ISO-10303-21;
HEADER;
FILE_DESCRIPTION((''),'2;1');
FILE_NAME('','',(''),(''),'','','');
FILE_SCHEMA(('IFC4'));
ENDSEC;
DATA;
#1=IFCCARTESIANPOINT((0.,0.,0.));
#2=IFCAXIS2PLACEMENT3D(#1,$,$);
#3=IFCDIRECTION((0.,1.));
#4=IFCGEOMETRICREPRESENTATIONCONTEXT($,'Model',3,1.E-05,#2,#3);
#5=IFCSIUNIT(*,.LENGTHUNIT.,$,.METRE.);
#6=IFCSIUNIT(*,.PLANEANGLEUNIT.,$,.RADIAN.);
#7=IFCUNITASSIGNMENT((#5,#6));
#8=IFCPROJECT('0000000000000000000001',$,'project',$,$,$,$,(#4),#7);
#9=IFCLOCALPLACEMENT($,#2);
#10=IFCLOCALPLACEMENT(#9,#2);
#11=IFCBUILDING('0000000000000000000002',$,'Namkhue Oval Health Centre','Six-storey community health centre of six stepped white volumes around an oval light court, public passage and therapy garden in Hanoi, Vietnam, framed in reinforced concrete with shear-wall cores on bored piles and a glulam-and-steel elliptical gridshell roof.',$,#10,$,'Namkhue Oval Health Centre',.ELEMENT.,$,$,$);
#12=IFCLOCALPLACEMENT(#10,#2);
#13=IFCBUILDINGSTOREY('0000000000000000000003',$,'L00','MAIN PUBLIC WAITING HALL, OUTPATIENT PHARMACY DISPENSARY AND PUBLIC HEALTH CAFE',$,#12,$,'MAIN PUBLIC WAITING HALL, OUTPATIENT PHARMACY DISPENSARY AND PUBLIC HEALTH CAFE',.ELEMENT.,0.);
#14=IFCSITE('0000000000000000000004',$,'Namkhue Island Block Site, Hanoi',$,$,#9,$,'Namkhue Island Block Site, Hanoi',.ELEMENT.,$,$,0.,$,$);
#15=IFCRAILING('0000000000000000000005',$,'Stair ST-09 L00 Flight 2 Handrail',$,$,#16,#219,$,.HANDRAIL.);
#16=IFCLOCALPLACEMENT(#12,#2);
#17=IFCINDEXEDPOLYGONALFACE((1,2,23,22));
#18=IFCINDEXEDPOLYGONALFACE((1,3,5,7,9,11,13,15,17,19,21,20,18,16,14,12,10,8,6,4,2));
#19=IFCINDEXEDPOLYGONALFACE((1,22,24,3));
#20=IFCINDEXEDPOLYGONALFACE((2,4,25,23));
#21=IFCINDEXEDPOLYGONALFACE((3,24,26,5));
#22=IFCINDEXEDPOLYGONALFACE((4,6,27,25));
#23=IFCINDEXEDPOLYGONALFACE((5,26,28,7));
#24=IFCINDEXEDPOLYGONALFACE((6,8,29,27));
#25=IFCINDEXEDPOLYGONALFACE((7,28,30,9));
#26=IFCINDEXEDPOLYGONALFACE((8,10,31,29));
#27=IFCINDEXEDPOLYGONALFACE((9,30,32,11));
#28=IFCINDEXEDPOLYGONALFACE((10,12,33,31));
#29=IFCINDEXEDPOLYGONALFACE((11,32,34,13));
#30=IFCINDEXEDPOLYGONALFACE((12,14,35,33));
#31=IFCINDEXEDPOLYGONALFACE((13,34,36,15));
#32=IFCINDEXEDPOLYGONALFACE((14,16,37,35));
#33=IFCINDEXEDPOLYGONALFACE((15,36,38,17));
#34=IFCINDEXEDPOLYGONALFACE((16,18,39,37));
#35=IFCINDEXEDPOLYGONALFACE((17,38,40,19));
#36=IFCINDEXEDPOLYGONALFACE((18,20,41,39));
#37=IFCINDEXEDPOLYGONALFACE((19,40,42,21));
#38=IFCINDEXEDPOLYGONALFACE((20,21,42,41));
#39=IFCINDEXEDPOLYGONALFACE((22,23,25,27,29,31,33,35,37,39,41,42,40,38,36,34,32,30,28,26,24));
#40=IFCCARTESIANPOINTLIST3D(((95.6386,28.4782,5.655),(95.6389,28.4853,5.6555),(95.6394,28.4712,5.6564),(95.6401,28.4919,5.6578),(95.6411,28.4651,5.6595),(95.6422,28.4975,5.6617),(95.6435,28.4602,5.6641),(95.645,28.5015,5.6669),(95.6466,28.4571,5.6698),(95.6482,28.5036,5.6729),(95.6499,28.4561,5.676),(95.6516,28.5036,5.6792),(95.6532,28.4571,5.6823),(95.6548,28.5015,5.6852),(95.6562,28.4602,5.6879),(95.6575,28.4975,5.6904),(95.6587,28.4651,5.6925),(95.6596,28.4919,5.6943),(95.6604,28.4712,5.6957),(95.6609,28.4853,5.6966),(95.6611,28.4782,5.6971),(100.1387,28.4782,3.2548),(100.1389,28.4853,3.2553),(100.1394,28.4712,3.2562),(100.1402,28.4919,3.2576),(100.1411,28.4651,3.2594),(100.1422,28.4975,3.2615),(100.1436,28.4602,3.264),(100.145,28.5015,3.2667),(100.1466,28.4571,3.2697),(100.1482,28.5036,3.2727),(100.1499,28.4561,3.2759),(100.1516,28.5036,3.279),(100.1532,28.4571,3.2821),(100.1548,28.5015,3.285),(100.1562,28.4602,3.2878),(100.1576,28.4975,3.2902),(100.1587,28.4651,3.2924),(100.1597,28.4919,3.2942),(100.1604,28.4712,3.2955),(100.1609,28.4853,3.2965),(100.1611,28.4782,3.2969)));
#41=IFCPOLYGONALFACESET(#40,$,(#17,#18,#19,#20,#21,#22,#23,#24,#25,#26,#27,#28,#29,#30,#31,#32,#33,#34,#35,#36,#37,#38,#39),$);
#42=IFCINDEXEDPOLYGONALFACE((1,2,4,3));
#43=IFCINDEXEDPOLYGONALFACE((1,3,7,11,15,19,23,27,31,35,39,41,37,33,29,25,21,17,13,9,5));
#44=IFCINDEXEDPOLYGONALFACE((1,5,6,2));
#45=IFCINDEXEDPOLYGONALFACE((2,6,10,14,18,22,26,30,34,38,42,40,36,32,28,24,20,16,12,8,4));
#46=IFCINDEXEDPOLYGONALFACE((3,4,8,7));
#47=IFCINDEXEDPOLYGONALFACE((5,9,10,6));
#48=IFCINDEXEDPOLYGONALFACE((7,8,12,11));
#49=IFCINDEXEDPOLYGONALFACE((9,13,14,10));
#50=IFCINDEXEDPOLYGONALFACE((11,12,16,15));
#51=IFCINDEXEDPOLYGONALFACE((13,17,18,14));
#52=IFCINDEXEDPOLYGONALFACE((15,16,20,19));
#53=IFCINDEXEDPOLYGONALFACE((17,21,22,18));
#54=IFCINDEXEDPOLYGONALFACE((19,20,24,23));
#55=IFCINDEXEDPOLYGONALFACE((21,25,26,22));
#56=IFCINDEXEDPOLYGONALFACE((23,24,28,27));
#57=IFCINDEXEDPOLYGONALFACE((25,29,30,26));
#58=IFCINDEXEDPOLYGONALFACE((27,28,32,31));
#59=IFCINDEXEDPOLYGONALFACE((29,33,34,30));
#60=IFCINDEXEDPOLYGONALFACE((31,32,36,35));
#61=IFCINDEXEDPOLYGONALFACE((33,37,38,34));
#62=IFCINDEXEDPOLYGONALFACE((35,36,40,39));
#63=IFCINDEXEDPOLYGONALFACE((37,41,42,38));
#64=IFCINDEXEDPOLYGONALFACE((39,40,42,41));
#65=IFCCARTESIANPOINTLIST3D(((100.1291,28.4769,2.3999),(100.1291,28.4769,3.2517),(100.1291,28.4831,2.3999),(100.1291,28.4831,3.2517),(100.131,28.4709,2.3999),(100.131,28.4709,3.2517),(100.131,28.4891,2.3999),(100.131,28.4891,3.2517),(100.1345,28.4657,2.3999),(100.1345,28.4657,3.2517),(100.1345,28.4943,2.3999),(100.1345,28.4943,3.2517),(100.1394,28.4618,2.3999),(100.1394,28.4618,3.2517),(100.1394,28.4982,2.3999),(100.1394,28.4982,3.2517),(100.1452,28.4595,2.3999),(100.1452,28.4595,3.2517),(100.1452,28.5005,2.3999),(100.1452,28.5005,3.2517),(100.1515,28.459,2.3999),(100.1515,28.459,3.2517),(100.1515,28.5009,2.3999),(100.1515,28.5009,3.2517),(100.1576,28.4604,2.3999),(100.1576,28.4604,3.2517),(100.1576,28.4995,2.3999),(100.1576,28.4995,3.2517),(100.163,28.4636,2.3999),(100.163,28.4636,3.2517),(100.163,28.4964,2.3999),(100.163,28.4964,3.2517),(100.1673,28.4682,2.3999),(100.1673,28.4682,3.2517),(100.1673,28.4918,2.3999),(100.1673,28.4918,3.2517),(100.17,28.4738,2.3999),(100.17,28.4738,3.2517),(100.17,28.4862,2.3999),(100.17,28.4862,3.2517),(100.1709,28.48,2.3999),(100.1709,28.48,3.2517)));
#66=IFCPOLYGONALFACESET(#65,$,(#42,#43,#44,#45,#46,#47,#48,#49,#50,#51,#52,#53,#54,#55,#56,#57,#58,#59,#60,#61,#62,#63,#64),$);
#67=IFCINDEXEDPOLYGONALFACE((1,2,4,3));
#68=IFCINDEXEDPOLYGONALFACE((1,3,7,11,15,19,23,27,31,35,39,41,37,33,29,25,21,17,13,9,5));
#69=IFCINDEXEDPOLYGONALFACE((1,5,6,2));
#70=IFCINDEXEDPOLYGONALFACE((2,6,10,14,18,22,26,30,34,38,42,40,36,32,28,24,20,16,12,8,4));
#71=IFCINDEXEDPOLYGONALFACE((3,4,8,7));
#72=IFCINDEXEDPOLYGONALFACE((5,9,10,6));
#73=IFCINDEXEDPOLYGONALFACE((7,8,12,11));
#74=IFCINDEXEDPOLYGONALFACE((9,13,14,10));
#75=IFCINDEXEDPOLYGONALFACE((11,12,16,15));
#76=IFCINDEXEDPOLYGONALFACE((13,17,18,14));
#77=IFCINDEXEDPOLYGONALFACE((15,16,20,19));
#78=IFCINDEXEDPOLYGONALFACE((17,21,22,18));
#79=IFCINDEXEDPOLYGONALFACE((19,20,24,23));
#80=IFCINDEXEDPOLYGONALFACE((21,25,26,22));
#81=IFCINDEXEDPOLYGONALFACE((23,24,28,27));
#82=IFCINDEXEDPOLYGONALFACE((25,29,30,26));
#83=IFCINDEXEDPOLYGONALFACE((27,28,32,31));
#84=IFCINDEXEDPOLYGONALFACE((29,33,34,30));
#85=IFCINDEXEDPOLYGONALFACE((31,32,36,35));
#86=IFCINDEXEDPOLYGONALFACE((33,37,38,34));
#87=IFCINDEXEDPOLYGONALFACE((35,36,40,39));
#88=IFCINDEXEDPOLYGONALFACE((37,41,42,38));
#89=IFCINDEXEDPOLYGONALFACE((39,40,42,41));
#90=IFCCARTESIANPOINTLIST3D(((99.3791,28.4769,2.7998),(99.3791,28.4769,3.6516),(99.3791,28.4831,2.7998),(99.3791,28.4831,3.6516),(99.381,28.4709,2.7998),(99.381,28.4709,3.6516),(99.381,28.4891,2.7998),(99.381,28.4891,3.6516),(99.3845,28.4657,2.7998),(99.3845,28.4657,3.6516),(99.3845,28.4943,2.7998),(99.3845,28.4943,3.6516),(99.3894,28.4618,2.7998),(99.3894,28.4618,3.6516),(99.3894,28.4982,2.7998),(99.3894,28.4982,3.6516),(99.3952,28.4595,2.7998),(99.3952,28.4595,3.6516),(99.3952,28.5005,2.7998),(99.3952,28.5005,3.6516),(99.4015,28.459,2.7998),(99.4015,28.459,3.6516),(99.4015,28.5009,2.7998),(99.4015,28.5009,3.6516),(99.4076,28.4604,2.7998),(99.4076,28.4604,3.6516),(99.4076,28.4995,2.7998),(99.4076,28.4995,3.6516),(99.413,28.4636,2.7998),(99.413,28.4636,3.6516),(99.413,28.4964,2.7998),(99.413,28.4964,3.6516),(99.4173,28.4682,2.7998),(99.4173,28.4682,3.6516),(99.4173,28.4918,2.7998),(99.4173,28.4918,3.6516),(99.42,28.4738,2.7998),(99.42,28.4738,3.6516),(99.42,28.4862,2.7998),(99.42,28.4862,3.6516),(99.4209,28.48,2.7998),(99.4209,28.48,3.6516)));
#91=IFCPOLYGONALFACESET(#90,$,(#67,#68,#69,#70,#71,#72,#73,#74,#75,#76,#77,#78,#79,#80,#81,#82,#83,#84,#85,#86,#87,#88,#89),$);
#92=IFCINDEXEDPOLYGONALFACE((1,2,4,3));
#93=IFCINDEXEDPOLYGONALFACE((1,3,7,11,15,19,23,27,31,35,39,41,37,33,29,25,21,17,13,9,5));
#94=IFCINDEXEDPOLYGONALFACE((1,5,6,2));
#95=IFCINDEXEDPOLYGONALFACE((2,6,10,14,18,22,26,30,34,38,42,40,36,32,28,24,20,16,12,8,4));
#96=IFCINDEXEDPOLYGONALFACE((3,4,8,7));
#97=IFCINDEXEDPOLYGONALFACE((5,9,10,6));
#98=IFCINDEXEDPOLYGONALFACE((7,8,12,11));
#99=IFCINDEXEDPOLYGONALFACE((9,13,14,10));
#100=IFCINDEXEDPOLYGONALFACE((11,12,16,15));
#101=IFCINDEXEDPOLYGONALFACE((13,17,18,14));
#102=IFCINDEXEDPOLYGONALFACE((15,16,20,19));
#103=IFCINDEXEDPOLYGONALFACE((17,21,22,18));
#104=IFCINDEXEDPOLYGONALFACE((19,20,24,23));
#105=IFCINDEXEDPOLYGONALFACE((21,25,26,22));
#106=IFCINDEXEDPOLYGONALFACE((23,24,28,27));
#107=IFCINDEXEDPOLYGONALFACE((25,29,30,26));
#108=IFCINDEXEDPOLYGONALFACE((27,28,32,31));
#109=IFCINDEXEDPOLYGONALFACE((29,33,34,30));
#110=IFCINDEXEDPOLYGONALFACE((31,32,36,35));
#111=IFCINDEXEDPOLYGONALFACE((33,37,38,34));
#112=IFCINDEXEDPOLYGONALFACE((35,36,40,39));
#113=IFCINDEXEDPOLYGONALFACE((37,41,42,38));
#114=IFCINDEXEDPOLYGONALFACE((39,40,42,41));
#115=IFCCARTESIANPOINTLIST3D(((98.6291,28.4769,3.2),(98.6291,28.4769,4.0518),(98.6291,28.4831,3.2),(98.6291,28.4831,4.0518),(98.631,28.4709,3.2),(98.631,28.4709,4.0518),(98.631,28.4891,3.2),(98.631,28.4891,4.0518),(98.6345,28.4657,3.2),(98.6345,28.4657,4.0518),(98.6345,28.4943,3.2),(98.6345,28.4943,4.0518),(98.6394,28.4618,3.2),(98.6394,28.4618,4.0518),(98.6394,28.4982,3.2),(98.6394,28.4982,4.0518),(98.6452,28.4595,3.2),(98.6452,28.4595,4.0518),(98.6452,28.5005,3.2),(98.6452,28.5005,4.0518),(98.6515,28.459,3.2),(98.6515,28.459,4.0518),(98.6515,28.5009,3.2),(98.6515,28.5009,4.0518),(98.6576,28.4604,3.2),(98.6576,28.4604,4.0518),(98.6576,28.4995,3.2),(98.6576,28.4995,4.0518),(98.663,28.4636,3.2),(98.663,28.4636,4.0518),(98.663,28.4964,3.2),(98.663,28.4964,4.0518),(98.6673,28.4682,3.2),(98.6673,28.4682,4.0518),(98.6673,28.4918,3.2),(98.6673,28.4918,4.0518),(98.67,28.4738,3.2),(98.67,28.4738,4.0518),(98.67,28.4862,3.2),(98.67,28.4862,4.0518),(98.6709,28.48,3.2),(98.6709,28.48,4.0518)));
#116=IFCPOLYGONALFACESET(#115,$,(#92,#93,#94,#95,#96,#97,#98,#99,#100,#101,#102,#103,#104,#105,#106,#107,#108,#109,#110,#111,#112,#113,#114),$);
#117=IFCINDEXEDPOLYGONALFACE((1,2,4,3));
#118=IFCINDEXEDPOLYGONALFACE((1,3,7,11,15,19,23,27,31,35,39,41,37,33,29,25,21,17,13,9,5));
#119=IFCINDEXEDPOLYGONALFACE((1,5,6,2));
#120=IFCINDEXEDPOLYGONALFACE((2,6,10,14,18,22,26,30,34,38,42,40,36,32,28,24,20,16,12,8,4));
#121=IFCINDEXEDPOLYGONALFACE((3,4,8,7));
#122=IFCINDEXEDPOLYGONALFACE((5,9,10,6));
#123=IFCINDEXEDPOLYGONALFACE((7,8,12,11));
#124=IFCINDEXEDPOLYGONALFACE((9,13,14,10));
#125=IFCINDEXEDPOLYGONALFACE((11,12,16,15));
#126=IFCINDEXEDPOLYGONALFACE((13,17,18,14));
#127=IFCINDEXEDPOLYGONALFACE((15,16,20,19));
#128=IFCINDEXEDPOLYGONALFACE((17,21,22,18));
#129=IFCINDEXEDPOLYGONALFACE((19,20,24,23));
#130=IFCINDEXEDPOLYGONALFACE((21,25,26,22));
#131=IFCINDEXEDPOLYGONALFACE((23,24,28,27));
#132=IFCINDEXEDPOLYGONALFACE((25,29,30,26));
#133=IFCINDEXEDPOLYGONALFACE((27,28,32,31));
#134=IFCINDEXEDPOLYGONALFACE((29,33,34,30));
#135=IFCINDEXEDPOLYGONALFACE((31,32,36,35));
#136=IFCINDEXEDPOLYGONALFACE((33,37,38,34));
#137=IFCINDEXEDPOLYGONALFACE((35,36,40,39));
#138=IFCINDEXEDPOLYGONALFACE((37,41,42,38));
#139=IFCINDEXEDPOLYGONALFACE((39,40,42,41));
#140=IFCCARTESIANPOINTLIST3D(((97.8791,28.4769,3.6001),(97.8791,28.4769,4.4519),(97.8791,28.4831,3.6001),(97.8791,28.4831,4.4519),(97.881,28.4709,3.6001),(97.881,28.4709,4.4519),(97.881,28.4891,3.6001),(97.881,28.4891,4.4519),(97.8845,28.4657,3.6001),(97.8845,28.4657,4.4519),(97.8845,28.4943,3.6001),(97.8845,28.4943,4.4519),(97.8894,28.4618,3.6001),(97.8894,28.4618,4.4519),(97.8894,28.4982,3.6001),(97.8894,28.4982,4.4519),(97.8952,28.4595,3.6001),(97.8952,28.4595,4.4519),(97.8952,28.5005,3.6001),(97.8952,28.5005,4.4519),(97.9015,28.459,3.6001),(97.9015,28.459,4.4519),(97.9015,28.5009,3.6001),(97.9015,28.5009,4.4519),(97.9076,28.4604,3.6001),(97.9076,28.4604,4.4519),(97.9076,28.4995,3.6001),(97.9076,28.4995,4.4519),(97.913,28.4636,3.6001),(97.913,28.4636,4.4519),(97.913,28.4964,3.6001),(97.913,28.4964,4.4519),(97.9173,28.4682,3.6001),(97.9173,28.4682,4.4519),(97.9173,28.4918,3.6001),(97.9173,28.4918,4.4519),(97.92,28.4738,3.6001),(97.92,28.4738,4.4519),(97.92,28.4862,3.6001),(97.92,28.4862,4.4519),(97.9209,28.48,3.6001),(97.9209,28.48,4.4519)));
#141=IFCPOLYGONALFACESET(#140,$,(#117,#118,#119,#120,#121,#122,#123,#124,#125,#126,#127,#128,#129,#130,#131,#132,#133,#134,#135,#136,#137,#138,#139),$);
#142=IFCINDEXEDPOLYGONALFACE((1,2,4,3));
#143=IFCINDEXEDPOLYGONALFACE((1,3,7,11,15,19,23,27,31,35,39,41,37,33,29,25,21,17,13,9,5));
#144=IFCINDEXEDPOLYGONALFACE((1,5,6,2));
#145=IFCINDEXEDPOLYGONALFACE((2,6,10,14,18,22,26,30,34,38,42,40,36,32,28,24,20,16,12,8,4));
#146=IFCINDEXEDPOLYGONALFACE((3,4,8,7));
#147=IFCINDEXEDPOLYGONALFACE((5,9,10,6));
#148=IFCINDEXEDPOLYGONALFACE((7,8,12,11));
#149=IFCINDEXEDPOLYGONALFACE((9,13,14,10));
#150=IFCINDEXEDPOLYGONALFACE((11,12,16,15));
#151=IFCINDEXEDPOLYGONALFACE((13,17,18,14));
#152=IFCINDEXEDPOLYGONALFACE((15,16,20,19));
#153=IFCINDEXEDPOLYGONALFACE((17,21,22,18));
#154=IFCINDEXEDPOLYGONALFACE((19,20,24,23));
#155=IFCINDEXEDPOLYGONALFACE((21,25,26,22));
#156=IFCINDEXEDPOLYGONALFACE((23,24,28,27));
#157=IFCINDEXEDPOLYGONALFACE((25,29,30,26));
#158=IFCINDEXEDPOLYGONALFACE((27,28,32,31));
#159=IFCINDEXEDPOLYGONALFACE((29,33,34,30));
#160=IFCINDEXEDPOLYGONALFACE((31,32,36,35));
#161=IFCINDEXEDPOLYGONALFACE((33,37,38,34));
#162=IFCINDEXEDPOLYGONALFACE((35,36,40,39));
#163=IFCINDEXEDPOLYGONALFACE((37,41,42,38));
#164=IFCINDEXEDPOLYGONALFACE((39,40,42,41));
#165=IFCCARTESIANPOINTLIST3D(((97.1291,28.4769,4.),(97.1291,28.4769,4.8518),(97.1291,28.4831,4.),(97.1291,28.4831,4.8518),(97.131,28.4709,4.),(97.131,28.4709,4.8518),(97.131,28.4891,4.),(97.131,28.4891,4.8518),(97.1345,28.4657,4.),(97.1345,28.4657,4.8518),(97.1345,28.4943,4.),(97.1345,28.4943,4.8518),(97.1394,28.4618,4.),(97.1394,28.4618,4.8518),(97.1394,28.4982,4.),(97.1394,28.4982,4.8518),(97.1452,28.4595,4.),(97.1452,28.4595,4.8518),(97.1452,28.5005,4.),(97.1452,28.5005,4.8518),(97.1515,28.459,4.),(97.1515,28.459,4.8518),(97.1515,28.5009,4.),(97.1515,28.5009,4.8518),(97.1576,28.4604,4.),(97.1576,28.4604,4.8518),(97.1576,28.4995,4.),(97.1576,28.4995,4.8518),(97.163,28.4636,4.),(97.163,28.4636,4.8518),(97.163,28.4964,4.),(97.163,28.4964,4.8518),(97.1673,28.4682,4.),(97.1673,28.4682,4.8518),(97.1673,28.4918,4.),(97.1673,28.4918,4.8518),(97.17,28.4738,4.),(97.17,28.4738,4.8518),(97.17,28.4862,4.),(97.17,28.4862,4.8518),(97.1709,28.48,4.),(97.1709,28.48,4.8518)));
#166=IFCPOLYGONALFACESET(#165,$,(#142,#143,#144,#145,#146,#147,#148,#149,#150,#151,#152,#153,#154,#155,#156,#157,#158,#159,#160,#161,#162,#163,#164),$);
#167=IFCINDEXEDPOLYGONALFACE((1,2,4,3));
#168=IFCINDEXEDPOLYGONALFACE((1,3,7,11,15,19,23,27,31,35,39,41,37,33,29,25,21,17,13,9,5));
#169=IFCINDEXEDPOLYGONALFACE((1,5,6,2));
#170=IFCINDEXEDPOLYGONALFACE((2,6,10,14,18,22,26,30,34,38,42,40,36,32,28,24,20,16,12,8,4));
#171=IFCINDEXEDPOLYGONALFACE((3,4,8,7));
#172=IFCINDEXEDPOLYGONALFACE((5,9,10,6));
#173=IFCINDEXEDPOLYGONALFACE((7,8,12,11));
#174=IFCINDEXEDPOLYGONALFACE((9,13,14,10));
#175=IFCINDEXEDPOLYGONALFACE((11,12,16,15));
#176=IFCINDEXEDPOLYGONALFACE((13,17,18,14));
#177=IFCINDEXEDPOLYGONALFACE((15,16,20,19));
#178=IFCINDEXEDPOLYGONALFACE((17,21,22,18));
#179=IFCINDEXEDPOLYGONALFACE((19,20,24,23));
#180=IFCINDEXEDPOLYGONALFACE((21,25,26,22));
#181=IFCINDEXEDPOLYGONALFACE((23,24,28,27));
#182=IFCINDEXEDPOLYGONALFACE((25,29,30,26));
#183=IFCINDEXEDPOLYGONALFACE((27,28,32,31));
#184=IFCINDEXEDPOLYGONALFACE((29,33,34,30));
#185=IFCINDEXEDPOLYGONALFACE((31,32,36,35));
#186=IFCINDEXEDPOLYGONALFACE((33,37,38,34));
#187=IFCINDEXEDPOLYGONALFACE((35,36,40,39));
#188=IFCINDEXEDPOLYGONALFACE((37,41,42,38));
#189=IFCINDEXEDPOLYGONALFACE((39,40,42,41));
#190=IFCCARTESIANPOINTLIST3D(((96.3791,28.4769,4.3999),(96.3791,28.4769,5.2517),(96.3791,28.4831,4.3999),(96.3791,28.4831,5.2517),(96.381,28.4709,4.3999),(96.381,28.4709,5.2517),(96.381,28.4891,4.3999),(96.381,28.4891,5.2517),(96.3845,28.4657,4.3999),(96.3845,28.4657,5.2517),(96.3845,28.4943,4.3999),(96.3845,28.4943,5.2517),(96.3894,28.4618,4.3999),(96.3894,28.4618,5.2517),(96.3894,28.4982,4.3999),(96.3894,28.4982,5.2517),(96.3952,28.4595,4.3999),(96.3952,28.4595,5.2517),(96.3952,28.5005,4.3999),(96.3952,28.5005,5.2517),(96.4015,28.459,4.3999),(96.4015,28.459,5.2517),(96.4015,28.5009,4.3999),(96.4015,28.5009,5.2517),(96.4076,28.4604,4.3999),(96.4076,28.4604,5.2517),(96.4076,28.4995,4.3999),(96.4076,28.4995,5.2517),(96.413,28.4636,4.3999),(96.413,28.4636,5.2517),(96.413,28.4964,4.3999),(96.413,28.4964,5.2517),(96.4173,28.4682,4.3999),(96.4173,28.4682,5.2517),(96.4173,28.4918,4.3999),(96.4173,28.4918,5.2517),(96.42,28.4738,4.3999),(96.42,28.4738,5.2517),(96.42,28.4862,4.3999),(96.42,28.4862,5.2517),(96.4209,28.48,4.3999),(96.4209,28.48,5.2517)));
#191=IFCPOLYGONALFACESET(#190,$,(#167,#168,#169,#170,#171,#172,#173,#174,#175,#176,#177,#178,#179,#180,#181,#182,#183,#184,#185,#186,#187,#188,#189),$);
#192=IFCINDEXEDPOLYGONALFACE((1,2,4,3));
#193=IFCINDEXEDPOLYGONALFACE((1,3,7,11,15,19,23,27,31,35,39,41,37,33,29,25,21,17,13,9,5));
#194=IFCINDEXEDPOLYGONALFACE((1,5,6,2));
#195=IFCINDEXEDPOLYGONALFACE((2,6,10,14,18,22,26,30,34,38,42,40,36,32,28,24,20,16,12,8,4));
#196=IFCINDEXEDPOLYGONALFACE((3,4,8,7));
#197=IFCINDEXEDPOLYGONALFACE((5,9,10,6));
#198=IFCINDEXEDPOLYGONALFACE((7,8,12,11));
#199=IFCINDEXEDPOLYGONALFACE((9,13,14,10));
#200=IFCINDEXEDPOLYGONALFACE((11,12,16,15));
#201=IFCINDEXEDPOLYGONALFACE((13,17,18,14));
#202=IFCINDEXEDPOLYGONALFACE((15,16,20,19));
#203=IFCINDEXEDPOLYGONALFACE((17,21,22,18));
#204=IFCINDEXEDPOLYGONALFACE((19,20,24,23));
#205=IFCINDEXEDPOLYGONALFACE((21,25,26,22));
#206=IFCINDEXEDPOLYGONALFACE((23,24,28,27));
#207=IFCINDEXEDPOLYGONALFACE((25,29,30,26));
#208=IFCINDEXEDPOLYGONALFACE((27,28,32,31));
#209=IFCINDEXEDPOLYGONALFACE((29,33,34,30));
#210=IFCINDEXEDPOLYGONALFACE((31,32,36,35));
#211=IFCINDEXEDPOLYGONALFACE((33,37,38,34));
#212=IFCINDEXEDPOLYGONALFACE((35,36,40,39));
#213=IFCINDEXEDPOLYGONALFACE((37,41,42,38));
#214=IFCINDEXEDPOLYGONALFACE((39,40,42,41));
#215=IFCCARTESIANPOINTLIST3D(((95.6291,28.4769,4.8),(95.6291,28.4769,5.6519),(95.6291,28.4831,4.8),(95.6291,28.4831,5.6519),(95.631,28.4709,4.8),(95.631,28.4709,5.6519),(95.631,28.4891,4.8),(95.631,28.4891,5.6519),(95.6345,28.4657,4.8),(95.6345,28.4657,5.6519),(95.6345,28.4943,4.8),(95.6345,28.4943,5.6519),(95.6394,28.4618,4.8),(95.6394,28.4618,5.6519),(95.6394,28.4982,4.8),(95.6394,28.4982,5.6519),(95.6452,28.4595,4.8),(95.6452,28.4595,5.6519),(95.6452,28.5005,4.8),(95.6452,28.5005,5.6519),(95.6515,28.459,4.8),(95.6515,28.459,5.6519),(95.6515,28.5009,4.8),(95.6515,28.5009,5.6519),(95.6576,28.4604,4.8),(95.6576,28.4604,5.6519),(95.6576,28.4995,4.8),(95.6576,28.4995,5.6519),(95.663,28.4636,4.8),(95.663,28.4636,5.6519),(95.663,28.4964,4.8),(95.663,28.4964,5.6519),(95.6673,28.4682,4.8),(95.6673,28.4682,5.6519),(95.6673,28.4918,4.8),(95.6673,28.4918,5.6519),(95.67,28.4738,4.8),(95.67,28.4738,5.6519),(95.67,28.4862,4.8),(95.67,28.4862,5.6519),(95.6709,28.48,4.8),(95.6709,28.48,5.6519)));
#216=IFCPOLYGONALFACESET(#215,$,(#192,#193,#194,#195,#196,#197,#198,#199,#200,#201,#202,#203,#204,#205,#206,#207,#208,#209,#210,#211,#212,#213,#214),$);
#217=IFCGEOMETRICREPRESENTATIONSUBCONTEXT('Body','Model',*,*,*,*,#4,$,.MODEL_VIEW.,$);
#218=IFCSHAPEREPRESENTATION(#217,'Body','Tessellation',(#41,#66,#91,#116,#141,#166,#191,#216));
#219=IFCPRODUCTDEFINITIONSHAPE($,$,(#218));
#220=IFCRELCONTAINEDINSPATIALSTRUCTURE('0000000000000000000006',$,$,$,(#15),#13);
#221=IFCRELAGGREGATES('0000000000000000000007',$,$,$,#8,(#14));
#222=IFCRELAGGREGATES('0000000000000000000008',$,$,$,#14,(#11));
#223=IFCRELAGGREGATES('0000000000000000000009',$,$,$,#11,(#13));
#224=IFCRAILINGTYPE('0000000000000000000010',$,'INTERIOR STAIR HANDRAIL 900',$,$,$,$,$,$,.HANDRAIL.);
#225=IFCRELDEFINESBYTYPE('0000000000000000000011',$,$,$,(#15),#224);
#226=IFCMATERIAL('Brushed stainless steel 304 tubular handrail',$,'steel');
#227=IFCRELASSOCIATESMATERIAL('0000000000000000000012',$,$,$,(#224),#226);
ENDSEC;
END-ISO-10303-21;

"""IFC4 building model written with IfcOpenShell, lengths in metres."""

from ifc_helpers import new_model, si_unit, direction, frame, origin, origin_2d, place, context, subcontext, project, spatial, circle, extrude, material, type_object, element, save


model = new_model("IFC4")

# Units and contexts
model_context = context("Model", 3, precision=1e-05, world=origin(), true_north=direction((0.0, 1.0)))
body_context = subcontext(model_context, "Body", "Model", "MODEL_VIEW")
ifc_project = project(units=[si_unit("LENGTHUNIT", "METRE"), si_unit("PLANEANGLEUNIT", "RADIAN")], contexts=[model_context])

# Site, building, storey
site_placement = place(None, origin())
site = spatial("IfcSite", under=ifc_project, at=site_placement, Name="Namkhue Island Block Site, Hanoi", LongName="Namkhue Island Block Site, Hanoi", CompositionType="ELEMENT", RefElevation=0.0)
building_placement = place(site_placement, origin())
building = spatial("IfcBuilding", under=site, at=building_placement, Name="Namkhue Oval Health Centre", Description="Six-storey community health centre of six stepped white volumes around an oval light court, public passage and therapy garden in Hanoi, Vietnam, framed in reinforced concrete with shear-wall cores on bored piles and a glulam-and-steel elliptical gridshell roof.", LongName="Namkhue Oval Health Centre", CompositionType="ELEMENT")
storey_placement = place(building_placement, origin())
storey = spatial("IfcBuildingStorey", under=building, at=storey_placement, Name="L00", Description="MAIN PUBLIC WAITING HALL, OUTPATIENT PHARMACY DISPENSARY AND PUBLIC HEALTH CAFE", LongName="MAIN PUBLIC WAITING HALL, OUTPATIENT PHARMACY DISPENSARY AND PUBLIC HEALTH CAFE", CompositionType="ELEMENT", Elevation=0.0)

# Railing
ifc_material_1 = material(Name="Brushed stainless steel 304 tubular handrail", Category="steel")
railing_type_1 = type_object("IfcRailingType", Name="INTERIOR STAIR HANDRAIL 900", PredefinedType="HANDRAIL", material=ifc_material_1)
railing_1_placement = place(storey_placement, frame((100.1499, 28.48, 2.3999)))
element("IfcRailing", 1, at=railing_1_placement, inside=storey, type_object=railing_type_1, Name="Stair ST-09 L00 Flight 2 Handrail", PredefinedType="HANDRAIL", context=body_context, shape_type="SweptSolid", body=[
    extrude(circle(Radius=0.0239, at=origin_2d()), frame((0.0, 0.0, 0.876), z_axis=(-0.882341, 0.0, 0.470611), x_axis=(0.0, -1.0, 0.0)), (0.0, 0.0, 1.0), 5.1001),
    extrude(circle(Radius=0.021, at=origin_2d()), origin(), (0.0, 0.0, 1.0), 0.8518),
    extrude(circle(Radius=0.021, at=origin_2d()), frame((-0.75, 0.0, 0.3999)), (0.0, 0.0, 1.0), 0.8518),
    extrude(circle(Radius=0.021, at=origin_2d()), frame((-1.5, 0.0, 0.8)), (0.0, 0.0, 1.0), 0.8518),
    extrude(circle(Radius=0.021, at=origin_2d()), frame((-2.25, 0.0, 1.2002)), (0.0, 0.0, 1.0), 0.8518),
    extrude(circle(Radius=0.021, at=origin_2d()), frame((-3.0, 0.0, 1.6001)), (0.0, 0.0, 1.0), 0.8518),
    extrude(circle(Radius=0.021, at=origin_2d()), frame((-3.75, 0.0, 2.0)), (0.0, 0.0, 1.0), 0.8518),
    extrude(circle(Radius=0.021, at=origin_2d()), frame((-4.5, 0.0, 2.4001)), (0.0, 0.0, 1.0), 0.8518),
])

save(model, "model.ifc")
